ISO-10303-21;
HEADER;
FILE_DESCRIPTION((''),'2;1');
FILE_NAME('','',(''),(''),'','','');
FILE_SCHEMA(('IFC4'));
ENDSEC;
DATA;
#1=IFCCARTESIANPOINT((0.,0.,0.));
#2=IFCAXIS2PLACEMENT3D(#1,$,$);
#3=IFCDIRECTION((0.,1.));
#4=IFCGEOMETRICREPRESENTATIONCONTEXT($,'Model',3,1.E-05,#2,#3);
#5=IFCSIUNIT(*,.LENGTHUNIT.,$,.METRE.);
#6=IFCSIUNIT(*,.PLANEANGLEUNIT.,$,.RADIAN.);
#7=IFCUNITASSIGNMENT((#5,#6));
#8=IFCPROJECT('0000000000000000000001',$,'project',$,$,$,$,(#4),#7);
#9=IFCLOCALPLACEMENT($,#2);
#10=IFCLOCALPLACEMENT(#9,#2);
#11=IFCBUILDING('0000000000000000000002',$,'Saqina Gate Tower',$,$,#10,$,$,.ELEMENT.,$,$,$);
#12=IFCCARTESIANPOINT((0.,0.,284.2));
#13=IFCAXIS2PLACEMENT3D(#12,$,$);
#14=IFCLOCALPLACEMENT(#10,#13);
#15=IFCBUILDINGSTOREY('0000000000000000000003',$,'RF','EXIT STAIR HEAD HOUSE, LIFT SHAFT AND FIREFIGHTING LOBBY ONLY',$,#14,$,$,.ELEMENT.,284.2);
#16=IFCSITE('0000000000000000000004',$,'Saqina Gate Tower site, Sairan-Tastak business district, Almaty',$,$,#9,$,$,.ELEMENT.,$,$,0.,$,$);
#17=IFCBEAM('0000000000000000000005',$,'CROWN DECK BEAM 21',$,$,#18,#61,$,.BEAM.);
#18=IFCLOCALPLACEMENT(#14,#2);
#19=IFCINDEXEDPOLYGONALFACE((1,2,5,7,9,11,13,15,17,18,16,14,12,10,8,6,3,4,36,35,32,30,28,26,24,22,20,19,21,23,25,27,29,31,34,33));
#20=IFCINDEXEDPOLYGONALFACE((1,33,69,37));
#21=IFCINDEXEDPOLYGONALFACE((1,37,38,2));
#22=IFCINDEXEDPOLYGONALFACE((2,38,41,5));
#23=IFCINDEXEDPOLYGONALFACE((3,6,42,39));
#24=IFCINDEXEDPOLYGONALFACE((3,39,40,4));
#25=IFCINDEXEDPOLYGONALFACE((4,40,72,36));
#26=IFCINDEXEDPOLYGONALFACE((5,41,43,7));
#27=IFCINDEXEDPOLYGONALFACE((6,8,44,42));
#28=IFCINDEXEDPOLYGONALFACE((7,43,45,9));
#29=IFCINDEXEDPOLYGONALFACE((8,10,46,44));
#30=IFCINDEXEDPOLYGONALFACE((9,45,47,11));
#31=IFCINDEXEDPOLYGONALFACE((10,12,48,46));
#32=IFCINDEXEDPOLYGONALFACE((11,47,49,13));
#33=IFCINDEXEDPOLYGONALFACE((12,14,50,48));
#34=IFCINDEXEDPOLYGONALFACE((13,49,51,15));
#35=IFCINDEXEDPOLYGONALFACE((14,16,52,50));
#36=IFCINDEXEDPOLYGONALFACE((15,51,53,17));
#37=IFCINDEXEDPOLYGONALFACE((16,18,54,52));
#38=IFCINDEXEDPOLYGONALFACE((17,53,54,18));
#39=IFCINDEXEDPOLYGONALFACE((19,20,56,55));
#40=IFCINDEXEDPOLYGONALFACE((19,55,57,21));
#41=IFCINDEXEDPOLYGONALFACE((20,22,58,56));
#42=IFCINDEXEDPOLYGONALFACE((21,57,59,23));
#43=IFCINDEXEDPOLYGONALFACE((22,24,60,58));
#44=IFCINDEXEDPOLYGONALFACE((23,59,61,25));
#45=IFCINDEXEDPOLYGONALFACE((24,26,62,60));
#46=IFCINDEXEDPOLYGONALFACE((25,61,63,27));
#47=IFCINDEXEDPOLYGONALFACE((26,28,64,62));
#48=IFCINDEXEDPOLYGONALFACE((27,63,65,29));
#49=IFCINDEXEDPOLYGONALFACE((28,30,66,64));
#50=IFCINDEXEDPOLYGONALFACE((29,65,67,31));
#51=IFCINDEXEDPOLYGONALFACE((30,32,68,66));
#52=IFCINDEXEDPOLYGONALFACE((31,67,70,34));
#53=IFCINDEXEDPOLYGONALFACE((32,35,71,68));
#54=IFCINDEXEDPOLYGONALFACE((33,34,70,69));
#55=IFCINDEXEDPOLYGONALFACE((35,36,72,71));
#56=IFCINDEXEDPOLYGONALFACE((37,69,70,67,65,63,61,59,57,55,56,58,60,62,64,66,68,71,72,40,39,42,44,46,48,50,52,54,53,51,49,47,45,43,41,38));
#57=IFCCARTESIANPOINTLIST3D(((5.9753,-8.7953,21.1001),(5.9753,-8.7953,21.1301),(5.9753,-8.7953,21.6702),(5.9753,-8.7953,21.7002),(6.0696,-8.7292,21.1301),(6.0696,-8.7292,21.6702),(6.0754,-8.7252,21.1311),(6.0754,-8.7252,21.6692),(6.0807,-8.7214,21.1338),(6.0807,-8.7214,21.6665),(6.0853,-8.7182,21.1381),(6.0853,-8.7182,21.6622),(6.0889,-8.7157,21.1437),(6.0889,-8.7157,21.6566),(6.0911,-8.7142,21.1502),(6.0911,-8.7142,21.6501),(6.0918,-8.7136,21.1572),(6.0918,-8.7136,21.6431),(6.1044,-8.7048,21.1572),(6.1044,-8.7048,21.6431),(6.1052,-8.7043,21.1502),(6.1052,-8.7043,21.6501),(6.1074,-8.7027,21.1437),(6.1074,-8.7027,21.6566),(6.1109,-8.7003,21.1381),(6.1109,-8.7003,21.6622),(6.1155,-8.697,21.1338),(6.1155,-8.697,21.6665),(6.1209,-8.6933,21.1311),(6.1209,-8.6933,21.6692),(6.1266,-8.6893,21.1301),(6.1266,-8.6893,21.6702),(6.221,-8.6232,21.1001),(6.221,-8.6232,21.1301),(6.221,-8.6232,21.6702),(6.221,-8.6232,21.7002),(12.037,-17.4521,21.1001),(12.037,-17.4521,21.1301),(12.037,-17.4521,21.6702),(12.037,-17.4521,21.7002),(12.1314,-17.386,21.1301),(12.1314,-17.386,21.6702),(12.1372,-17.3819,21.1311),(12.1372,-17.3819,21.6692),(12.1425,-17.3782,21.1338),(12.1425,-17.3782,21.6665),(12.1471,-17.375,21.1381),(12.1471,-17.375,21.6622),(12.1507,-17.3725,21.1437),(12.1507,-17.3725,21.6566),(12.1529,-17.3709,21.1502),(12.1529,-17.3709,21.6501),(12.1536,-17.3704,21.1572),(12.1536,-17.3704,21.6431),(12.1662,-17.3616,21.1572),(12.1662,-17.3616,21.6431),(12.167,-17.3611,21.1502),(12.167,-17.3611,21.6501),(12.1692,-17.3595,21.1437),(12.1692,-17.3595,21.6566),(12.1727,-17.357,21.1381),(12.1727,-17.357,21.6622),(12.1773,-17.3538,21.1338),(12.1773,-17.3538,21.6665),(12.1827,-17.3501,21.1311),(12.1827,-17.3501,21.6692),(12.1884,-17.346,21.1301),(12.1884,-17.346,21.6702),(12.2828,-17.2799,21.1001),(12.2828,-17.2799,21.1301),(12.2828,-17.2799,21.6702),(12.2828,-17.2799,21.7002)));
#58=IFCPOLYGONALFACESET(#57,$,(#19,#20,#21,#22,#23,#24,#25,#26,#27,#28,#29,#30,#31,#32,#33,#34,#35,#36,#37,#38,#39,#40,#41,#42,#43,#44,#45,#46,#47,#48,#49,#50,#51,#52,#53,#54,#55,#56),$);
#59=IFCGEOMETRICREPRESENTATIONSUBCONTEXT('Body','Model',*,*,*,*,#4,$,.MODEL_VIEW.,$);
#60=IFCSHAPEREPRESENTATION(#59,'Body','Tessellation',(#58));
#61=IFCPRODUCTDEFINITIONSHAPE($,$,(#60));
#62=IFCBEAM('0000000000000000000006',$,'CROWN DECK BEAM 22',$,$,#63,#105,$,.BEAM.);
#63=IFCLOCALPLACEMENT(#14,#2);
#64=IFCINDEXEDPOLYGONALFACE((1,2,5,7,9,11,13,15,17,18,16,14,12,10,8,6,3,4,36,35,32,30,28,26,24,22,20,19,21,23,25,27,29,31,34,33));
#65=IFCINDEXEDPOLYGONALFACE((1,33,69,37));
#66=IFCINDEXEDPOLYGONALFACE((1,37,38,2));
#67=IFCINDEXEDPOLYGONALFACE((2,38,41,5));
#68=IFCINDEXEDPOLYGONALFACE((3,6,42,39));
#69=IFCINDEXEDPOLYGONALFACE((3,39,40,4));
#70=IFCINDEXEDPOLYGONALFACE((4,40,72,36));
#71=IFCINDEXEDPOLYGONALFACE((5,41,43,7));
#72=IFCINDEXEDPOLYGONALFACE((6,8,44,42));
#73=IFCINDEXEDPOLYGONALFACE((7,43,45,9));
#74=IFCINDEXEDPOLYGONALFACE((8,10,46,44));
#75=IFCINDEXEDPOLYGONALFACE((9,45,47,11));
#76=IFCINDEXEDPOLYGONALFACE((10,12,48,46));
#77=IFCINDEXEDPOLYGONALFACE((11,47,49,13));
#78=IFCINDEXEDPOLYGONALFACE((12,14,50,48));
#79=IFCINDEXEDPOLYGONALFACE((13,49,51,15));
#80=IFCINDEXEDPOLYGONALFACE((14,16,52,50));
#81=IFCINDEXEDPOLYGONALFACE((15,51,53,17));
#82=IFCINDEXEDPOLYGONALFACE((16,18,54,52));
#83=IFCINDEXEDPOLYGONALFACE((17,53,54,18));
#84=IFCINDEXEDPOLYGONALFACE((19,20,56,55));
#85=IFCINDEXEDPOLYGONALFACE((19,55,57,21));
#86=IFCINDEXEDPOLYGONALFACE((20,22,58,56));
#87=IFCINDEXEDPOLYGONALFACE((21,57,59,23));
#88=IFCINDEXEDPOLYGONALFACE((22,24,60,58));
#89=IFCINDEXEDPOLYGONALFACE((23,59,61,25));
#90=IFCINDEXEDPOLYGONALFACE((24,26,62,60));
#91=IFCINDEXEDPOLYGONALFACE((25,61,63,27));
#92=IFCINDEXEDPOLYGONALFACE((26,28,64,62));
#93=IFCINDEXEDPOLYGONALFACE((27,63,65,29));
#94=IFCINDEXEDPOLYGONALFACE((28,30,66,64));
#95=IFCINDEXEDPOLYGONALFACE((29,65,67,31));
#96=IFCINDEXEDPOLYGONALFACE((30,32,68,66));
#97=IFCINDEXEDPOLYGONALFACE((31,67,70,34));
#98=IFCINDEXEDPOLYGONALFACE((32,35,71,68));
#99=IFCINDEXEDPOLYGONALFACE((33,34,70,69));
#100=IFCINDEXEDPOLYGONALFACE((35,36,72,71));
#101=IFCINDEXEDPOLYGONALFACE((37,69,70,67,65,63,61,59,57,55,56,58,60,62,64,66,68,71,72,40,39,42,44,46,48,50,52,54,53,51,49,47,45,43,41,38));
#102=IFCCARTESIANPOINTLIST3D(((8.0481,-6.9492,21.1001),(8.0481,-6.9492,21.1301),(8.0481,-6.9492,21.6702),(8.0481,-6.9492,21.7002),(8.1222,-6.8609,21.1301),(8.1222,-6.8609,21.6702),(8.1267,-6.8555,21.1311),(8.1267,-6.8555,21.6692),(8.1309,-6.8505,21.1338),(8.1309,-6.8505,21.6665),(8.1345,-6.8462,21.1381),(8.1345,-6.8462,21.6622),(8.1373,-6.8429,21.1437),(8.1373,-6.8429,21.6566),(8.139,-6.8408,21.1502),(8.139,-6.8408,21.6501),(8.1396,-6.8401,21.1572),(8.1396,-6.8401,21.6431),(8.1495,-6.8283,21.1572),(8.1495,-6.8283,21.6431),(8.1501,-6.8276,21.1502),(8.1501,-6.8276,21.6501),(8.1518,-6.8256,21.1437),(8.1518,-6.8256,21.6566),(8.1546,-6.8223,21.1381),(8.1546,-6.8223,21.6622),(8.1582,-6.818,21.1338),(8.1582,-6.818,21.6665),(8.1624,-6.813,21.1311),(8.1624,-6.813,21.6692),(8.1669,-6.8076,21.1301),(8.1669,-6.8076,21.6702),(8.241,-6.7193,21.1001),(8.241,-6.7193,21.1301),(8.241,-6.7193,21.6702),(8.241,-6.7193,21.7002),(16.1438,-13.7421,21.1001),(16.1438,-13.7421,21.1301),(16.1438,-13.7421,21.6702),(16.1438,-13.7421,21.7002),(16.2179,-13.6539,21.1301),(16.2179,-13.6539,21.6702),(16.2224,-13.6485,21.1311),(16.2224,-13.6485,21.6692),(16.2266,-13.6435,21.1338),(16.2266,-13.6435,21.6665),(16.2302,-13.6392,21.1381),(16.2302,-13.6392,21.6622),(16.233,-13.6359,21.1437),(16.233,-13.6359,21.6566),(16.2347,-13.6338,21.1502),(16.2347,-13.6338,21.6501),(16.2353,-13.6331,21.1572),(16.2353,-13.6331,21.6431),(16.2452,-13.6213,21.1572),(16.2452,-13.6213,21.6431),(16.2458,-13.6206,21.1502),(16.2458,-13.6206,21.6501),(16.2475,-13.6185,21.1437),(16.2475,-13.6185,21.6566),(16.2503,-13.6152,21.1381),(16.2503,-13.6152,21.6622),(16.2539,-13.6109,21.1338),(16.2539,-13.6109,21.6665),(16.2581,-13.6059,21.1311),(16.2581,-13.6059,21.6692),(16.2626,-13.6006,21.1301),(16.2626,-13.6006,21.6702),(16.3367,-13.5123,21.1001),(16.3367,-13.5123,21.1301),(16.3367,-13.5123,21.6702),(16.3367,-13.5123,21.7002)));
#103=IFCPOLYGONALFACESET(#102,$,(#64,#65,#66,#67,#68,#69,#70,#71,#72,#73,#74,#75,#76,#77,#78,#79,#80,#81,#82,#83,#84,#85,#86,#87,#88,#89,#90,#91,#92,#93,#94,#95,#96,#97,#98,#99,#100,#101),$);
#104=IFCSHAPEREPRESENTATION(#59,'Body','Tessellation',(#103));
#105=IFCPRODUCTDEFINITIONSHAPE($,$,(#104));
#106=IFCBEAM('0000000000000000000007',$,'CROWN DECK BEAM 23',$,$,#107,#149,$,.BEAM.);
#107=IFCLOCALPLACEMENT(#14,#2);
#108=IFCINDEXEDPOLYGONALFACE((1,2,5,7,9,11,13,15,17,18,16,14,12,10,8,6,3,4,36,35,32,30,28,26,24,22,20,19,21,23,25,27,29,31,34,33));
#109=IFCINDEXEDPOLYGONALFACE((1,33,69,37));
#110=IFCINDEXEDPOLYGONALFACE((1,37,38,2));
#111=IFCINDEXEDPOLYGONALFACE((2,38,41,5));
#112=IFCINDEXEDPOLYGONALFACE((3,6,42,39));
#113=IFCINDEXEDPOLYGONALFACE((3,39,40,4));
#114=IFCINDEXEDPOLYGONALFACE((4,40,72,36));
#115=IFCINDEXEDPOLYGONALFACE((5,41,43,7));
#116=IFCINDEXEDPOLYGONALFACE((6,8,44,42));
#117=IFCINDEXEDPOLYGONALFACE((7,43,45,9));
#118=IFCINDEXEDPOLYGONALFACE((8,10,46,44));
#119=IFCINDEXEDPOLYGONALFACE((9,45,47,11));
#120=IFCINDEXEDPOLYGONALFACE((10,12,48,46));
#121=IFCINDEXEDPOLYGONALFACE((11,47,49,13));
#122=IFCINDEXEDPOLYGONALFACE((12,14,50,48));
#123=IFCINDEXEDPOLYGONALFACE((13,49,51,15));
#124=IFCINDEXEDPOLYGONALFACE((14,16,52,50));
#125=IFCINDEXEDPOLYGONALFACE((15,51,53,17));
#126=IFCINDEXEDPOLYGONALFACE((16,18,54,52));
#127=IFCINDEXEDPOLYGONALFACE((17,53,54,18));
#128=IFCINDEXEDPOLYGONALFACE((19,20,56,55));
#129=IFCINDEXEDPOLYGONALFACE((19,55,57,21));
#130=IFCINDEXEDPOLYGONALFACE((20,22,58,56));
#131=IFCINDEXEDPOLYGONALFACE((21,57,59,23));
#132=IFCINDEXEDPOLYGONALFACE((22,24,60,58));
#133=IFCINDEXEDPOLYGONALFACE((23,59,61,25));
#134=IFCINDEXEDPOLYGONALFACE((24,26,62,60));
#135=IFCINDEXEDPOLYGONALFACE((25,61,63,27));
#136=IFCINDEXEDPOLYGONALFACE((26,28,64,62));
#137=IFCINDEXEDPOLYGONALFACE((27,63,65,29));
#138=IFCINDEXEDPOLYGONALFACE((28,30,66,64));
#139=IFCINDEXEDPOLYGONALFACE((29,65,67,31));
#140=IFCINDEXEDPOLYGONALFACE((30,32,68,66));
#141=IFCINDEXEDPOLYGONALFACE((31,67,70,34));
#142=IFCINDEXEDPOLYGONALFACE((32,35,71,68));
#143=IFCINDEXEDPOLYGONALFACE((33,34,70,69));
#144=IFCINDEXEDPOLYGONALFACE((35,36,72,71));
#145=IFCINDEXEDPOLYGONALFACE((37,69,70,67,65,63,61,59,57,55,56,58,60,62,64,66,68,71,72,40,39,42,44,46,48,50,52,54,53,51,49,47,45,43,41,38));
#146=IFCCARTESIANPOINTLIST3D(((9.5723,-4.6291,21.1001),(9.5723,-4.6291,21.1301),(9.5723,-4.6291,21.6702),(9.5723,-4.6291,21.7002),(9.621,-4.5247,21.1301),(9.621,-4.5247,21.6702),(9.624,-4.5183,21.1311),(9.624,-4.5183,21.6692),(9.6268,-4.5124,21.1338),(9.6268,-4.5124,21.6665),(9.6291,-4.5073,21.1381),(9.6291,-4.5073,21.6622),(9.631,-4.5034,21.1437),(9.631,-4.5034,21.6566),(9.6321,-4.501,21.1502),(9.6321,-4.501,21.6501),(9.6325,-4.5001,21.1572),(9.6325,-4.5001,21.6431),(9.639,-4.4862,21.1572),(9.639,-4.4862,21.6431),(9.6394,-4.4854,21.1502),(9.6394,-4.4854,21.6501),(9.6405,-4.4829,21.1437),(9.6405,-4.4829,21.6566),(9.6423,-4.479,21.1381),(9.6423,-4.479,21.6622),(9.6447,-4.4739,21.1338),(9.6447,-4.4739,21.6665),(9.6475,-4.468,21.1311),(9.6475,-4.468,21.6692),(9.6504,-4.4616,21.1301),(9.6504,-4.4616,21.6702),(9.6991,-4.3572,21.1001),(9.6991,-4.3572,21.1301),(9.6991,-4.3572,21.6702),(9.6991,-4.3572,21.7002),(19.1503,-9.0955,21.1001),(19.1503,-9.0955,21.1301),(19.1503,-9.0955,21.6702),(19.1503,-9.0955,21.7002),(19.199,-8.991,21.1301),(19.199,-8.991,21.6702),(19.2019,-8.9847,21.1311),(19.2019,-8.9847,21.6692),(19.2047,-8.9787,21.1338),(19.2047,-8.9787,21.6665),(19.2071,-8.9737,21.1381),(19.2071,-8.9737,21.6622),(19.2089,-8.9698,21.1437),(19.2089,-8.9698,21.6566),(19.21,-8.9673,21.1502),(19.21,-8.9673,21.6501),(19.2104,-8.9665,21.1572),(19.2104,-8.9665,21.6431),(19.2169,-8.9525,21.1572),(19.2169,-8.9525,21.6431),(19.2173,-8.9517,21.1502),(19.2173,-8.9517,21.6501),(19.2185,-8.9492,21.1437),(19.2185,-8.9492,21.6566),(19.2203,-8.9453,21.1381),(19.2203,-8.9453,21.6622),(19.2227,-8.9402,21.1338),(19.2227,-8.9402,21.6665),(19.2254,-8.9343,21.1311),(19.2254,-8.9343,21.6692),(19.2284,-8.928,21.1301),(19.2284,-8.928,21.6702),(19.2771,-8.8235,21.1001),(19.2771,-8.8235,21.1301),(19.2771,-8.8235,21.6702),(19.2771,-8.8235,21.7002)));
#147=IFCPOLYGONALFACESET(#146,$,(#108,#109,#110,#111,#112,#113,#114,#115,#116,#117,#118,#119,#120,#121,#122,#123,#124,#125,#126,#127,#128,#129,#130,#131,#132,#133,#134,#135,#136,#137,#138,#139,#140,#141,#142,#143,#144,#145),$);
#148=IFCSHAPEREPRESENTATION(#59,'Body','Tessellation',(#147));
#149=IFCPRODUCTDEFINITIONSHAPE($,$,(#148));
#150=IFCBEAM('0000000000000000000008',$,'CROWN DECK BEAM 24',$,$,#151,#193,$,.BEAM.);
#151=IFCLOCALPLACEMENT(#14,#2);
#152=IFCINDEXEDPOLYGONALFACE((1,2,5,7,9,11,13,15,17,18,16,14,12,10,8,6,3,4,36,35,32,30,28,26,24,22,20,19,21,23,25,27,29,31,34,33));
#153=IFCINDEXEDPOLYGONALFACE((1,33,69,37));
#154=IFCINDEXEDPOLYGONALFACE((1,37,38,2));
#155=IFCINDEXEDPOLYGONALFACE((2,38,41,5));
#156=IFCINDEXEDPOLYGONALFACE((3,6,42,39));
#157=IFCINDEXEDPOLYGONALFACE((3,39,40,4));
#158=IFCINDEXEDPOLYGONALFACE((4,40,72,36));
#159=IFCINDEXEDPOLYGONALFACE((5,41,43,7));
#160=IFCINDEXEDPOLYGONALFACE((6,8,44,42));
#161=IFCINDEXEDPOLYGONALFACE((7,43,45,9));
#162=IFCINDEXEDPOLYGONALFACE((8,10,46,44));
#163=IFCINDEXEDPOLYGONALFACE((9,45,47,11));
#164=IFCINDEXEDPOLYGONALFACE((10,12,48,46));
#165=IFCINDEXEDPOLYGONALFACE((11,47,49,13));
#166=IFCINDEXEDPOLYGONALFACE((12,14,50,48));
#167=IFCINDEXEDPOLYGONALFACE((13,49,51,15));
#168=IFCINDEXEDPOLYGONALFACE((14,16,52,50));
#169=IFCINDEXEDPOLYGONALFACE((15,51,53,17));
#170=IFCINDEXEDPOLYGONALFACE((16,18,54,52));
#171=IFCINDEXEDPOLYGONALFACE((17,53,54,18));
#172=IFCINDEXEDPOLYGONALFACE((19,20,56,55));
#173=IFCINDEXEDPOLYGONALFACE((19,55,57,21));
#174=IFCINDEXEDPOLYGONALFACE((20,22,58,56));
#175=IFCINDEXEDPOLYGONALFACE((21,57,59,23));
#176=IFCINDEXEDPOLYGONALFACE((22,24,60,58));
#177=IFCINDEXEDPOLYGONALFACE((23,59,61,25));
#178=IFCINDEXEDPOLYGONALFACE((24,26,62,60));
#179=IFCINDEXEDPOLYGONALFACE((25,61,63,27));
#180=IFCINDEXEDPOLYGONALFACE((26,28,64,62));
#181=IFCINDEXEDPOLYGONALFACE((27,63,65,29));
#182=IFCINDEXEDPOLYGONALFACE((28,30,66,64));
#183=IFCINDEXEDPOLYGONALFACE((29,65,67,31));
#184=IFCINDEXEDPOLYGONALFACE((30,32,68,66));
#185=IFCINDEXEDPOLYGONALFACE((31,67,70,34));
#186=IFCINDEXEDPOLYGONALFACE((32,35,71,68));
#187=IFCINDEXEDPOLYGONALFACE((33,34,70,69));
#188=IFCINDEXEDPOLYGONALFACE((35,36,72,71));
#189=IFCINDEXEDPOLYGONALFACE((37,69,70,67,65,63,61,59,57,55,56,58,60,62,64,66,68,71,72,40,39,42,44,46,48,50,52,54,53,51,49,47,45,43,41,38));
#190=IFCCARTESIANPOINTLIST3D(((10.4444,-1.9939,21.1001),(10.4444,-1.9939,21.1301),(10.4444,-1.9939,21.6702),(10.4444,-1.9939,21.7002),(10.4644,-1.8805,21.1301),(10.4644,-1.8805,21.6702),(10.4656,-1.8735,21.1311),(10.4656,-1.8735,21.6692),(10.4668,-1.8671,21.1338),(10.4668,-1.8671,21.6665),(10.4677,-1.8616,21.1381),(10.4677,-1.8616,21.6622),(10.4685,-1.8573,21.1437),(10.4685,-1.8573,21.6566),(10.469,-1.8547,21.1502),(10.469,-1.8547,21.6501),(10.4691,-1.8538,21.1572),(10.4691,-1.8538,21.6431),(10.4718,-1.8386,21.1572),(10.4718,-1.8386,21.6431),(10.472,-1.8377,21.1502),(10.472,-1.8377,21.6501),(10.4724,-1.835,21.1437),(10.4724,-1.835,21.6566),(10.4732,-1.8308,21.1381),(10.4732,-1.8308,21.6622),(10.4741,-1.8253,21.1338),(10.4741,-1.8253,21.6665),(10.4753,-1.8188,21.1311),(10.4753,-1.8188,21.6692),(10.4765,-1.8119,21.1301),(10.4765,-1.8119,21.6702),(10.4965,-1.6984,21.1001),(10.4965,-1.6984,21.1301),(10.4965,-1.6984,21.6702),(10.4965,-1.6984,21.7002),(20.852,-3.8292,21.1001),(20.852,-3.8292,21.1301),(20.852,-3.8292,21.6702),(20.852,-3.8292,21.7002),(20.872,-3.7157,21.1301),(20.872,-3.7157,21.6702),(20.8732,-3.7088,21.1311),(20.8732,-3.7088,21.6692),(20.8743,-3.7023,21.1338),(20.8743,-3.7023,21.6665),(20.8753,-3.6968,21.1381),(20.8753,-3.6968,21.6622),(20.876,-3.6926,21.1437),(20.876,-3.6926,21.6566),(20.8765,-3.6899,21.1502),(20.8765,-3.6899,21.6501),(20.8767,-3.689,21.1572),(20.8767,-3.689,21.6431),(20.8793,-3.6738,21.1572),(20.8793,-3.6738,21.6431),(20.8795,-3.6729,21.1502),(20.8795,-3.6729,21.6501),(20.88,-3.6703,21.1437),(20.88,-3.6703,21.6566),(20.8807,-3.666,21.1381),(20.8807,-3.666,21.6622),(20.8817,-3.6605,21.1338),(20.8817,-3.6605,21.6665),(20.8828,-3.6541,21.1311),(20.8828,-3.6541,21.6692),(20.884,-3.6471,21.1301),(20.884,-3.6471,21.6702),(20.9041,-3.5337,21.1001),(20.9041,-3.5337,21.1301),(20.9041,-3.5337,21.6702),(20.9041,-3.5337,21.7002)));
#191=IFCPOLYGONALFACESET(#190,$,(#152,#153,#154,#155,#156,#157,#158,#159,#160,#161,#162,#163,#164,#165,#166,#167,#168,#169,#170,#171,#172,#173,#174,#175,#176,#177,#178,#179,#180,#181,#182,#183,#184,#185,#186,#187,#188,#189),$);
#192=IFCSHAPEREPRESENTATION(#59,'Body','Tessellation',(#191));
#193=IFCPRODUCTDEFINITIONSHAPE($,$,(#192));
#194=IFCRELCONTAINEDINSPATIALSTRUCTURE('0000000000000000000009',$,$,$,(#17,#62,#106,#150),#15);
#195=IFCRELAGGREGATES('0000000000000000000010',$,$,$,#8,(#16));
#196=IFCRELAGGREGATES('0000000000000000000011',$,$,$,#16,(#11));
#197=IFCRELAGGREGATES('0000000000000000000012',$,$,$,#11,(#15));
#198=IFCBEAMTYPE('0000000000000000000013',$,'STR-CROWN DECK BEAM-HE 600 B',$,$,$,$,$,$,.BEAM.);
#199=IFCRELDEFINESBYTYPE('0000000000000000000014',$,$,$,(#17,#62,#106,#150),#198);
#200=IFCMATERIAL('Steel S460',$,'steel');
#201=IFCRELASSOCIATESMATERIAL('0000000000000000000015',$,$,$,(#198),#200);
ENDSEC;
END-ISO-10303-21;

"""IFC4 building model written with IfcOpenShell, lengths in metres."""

from ifc_helpers import new_model, si_unit, direction, frame, origin, origin_2d, place, context, subcontext, project, spatial, i_section, extrude, material, material_profile, profile_set, type_object, element, save


model = new_model("IFC4")

# Units and contexts
model_context = context("Model", 3, precision=1e-05, world=origin(), true_north=direction((0.0, 1.0)))
body_context = subcontext(model_context, "Body", "Model", "MODEL_VIEW")
ifc_project = project(units=[si_unit("LENGTHUNIT", "METRE"), si_unit("PLANEANGLEUNIT", "RADIAN")], contexts=[model_context])

# Site, building, storey
site_placement = place(None, origin())
site = spatial("IfcSite", under=ifc_project, at=site_placement, Name="Saqina Gate Tower site, Sairan-Tastak business district, Almaty", CompositionType="ELEMENT", RefElevation=0.0)
building_placement = place(site_placement, origin())
building = spatial("IfcBuilding", under=site, at=building_placement, Name="Saqina Gate Tower", CompositionType="ELEMENT")
storey_placement = place(building_placement, frame((0.0, 0.0, 284.2)))
storey = spatial("IfcBuildingStorey", under=building, at=storey_placement, Name="RF", Description="EXIT STAIR HEAD HOUSE, LIFT SHAFT AND FIREFIGHTING LOBBY ONLY", CompositionType="ELEMENT", Elevation=284.2)

# Beams
ifc_material_1 = material(Name="Steel S460", Category="steel")
ifc_material_profile_1 = material_profile(ifc_material_1, i_section(OverallWidth=0.3, OverallDepth=0.6001, WebThickness=0.0154, FlangeThickness=0.03, FilletRadius=0.0271, at=origin_2d()), Name="HE 600 B")
ifc_profile_set_1 = profile_set([ifc_material_profile_1], Name="Steel S460")
beam_type_1 = type_object("IfcBeamType", Name="STR-CROWN DECK BEAM-HE 600 B", PredefinedType="BEAM", material=ifc_profile_set_1)
for number, where, z_axis, x_axis, name in (
    (1, (6.0981, -8.7092, 21.4001), (0.573593, -0.819141, 0.0), (0.819141, 0.573593, 0.0), "CROWN DECK BEAM 21"),
    (2, (8.1445, -6.8342, 21.4001), (0.766051, -0.64278, 0.0), (0.64278, 0.766051, 0.0), "CROWN DECK BEAM 22"),
    (3, (9.6357, -4.4932, 21.4001), (0.906305, -0.422624, 0.0), (0.422624, 0.906305, 0.0), "CROWN DECK BEAM 23"),
    (4, (10.4705, -1.8462, 21.4001), (0.984806, -0.173656, 0.0), (0.173656, 0.984806, 0.0), "CROWN DECK BEAM 24"),
):
    element("IfcBeam", number, at=place(storey_placement, frame(where, z_axis=z_axis, x_axis=x_axis)), inside=storey, type_object=beam_type_1, Name=name, PredefinedType="BEAM", context=body_context, shape_type="SweptSolid", body=[
        extrude(i_section(OverallWidth=0.3, OverallDepth=0.6001, WebThickness=0.0154, FlangeThickness=0.03, FilletRadius=0.0271, at=origin_2d()), origin(), (0.0, 0.0, 1.0), 10.5681),
    ])

save(model, "model.ifc")
